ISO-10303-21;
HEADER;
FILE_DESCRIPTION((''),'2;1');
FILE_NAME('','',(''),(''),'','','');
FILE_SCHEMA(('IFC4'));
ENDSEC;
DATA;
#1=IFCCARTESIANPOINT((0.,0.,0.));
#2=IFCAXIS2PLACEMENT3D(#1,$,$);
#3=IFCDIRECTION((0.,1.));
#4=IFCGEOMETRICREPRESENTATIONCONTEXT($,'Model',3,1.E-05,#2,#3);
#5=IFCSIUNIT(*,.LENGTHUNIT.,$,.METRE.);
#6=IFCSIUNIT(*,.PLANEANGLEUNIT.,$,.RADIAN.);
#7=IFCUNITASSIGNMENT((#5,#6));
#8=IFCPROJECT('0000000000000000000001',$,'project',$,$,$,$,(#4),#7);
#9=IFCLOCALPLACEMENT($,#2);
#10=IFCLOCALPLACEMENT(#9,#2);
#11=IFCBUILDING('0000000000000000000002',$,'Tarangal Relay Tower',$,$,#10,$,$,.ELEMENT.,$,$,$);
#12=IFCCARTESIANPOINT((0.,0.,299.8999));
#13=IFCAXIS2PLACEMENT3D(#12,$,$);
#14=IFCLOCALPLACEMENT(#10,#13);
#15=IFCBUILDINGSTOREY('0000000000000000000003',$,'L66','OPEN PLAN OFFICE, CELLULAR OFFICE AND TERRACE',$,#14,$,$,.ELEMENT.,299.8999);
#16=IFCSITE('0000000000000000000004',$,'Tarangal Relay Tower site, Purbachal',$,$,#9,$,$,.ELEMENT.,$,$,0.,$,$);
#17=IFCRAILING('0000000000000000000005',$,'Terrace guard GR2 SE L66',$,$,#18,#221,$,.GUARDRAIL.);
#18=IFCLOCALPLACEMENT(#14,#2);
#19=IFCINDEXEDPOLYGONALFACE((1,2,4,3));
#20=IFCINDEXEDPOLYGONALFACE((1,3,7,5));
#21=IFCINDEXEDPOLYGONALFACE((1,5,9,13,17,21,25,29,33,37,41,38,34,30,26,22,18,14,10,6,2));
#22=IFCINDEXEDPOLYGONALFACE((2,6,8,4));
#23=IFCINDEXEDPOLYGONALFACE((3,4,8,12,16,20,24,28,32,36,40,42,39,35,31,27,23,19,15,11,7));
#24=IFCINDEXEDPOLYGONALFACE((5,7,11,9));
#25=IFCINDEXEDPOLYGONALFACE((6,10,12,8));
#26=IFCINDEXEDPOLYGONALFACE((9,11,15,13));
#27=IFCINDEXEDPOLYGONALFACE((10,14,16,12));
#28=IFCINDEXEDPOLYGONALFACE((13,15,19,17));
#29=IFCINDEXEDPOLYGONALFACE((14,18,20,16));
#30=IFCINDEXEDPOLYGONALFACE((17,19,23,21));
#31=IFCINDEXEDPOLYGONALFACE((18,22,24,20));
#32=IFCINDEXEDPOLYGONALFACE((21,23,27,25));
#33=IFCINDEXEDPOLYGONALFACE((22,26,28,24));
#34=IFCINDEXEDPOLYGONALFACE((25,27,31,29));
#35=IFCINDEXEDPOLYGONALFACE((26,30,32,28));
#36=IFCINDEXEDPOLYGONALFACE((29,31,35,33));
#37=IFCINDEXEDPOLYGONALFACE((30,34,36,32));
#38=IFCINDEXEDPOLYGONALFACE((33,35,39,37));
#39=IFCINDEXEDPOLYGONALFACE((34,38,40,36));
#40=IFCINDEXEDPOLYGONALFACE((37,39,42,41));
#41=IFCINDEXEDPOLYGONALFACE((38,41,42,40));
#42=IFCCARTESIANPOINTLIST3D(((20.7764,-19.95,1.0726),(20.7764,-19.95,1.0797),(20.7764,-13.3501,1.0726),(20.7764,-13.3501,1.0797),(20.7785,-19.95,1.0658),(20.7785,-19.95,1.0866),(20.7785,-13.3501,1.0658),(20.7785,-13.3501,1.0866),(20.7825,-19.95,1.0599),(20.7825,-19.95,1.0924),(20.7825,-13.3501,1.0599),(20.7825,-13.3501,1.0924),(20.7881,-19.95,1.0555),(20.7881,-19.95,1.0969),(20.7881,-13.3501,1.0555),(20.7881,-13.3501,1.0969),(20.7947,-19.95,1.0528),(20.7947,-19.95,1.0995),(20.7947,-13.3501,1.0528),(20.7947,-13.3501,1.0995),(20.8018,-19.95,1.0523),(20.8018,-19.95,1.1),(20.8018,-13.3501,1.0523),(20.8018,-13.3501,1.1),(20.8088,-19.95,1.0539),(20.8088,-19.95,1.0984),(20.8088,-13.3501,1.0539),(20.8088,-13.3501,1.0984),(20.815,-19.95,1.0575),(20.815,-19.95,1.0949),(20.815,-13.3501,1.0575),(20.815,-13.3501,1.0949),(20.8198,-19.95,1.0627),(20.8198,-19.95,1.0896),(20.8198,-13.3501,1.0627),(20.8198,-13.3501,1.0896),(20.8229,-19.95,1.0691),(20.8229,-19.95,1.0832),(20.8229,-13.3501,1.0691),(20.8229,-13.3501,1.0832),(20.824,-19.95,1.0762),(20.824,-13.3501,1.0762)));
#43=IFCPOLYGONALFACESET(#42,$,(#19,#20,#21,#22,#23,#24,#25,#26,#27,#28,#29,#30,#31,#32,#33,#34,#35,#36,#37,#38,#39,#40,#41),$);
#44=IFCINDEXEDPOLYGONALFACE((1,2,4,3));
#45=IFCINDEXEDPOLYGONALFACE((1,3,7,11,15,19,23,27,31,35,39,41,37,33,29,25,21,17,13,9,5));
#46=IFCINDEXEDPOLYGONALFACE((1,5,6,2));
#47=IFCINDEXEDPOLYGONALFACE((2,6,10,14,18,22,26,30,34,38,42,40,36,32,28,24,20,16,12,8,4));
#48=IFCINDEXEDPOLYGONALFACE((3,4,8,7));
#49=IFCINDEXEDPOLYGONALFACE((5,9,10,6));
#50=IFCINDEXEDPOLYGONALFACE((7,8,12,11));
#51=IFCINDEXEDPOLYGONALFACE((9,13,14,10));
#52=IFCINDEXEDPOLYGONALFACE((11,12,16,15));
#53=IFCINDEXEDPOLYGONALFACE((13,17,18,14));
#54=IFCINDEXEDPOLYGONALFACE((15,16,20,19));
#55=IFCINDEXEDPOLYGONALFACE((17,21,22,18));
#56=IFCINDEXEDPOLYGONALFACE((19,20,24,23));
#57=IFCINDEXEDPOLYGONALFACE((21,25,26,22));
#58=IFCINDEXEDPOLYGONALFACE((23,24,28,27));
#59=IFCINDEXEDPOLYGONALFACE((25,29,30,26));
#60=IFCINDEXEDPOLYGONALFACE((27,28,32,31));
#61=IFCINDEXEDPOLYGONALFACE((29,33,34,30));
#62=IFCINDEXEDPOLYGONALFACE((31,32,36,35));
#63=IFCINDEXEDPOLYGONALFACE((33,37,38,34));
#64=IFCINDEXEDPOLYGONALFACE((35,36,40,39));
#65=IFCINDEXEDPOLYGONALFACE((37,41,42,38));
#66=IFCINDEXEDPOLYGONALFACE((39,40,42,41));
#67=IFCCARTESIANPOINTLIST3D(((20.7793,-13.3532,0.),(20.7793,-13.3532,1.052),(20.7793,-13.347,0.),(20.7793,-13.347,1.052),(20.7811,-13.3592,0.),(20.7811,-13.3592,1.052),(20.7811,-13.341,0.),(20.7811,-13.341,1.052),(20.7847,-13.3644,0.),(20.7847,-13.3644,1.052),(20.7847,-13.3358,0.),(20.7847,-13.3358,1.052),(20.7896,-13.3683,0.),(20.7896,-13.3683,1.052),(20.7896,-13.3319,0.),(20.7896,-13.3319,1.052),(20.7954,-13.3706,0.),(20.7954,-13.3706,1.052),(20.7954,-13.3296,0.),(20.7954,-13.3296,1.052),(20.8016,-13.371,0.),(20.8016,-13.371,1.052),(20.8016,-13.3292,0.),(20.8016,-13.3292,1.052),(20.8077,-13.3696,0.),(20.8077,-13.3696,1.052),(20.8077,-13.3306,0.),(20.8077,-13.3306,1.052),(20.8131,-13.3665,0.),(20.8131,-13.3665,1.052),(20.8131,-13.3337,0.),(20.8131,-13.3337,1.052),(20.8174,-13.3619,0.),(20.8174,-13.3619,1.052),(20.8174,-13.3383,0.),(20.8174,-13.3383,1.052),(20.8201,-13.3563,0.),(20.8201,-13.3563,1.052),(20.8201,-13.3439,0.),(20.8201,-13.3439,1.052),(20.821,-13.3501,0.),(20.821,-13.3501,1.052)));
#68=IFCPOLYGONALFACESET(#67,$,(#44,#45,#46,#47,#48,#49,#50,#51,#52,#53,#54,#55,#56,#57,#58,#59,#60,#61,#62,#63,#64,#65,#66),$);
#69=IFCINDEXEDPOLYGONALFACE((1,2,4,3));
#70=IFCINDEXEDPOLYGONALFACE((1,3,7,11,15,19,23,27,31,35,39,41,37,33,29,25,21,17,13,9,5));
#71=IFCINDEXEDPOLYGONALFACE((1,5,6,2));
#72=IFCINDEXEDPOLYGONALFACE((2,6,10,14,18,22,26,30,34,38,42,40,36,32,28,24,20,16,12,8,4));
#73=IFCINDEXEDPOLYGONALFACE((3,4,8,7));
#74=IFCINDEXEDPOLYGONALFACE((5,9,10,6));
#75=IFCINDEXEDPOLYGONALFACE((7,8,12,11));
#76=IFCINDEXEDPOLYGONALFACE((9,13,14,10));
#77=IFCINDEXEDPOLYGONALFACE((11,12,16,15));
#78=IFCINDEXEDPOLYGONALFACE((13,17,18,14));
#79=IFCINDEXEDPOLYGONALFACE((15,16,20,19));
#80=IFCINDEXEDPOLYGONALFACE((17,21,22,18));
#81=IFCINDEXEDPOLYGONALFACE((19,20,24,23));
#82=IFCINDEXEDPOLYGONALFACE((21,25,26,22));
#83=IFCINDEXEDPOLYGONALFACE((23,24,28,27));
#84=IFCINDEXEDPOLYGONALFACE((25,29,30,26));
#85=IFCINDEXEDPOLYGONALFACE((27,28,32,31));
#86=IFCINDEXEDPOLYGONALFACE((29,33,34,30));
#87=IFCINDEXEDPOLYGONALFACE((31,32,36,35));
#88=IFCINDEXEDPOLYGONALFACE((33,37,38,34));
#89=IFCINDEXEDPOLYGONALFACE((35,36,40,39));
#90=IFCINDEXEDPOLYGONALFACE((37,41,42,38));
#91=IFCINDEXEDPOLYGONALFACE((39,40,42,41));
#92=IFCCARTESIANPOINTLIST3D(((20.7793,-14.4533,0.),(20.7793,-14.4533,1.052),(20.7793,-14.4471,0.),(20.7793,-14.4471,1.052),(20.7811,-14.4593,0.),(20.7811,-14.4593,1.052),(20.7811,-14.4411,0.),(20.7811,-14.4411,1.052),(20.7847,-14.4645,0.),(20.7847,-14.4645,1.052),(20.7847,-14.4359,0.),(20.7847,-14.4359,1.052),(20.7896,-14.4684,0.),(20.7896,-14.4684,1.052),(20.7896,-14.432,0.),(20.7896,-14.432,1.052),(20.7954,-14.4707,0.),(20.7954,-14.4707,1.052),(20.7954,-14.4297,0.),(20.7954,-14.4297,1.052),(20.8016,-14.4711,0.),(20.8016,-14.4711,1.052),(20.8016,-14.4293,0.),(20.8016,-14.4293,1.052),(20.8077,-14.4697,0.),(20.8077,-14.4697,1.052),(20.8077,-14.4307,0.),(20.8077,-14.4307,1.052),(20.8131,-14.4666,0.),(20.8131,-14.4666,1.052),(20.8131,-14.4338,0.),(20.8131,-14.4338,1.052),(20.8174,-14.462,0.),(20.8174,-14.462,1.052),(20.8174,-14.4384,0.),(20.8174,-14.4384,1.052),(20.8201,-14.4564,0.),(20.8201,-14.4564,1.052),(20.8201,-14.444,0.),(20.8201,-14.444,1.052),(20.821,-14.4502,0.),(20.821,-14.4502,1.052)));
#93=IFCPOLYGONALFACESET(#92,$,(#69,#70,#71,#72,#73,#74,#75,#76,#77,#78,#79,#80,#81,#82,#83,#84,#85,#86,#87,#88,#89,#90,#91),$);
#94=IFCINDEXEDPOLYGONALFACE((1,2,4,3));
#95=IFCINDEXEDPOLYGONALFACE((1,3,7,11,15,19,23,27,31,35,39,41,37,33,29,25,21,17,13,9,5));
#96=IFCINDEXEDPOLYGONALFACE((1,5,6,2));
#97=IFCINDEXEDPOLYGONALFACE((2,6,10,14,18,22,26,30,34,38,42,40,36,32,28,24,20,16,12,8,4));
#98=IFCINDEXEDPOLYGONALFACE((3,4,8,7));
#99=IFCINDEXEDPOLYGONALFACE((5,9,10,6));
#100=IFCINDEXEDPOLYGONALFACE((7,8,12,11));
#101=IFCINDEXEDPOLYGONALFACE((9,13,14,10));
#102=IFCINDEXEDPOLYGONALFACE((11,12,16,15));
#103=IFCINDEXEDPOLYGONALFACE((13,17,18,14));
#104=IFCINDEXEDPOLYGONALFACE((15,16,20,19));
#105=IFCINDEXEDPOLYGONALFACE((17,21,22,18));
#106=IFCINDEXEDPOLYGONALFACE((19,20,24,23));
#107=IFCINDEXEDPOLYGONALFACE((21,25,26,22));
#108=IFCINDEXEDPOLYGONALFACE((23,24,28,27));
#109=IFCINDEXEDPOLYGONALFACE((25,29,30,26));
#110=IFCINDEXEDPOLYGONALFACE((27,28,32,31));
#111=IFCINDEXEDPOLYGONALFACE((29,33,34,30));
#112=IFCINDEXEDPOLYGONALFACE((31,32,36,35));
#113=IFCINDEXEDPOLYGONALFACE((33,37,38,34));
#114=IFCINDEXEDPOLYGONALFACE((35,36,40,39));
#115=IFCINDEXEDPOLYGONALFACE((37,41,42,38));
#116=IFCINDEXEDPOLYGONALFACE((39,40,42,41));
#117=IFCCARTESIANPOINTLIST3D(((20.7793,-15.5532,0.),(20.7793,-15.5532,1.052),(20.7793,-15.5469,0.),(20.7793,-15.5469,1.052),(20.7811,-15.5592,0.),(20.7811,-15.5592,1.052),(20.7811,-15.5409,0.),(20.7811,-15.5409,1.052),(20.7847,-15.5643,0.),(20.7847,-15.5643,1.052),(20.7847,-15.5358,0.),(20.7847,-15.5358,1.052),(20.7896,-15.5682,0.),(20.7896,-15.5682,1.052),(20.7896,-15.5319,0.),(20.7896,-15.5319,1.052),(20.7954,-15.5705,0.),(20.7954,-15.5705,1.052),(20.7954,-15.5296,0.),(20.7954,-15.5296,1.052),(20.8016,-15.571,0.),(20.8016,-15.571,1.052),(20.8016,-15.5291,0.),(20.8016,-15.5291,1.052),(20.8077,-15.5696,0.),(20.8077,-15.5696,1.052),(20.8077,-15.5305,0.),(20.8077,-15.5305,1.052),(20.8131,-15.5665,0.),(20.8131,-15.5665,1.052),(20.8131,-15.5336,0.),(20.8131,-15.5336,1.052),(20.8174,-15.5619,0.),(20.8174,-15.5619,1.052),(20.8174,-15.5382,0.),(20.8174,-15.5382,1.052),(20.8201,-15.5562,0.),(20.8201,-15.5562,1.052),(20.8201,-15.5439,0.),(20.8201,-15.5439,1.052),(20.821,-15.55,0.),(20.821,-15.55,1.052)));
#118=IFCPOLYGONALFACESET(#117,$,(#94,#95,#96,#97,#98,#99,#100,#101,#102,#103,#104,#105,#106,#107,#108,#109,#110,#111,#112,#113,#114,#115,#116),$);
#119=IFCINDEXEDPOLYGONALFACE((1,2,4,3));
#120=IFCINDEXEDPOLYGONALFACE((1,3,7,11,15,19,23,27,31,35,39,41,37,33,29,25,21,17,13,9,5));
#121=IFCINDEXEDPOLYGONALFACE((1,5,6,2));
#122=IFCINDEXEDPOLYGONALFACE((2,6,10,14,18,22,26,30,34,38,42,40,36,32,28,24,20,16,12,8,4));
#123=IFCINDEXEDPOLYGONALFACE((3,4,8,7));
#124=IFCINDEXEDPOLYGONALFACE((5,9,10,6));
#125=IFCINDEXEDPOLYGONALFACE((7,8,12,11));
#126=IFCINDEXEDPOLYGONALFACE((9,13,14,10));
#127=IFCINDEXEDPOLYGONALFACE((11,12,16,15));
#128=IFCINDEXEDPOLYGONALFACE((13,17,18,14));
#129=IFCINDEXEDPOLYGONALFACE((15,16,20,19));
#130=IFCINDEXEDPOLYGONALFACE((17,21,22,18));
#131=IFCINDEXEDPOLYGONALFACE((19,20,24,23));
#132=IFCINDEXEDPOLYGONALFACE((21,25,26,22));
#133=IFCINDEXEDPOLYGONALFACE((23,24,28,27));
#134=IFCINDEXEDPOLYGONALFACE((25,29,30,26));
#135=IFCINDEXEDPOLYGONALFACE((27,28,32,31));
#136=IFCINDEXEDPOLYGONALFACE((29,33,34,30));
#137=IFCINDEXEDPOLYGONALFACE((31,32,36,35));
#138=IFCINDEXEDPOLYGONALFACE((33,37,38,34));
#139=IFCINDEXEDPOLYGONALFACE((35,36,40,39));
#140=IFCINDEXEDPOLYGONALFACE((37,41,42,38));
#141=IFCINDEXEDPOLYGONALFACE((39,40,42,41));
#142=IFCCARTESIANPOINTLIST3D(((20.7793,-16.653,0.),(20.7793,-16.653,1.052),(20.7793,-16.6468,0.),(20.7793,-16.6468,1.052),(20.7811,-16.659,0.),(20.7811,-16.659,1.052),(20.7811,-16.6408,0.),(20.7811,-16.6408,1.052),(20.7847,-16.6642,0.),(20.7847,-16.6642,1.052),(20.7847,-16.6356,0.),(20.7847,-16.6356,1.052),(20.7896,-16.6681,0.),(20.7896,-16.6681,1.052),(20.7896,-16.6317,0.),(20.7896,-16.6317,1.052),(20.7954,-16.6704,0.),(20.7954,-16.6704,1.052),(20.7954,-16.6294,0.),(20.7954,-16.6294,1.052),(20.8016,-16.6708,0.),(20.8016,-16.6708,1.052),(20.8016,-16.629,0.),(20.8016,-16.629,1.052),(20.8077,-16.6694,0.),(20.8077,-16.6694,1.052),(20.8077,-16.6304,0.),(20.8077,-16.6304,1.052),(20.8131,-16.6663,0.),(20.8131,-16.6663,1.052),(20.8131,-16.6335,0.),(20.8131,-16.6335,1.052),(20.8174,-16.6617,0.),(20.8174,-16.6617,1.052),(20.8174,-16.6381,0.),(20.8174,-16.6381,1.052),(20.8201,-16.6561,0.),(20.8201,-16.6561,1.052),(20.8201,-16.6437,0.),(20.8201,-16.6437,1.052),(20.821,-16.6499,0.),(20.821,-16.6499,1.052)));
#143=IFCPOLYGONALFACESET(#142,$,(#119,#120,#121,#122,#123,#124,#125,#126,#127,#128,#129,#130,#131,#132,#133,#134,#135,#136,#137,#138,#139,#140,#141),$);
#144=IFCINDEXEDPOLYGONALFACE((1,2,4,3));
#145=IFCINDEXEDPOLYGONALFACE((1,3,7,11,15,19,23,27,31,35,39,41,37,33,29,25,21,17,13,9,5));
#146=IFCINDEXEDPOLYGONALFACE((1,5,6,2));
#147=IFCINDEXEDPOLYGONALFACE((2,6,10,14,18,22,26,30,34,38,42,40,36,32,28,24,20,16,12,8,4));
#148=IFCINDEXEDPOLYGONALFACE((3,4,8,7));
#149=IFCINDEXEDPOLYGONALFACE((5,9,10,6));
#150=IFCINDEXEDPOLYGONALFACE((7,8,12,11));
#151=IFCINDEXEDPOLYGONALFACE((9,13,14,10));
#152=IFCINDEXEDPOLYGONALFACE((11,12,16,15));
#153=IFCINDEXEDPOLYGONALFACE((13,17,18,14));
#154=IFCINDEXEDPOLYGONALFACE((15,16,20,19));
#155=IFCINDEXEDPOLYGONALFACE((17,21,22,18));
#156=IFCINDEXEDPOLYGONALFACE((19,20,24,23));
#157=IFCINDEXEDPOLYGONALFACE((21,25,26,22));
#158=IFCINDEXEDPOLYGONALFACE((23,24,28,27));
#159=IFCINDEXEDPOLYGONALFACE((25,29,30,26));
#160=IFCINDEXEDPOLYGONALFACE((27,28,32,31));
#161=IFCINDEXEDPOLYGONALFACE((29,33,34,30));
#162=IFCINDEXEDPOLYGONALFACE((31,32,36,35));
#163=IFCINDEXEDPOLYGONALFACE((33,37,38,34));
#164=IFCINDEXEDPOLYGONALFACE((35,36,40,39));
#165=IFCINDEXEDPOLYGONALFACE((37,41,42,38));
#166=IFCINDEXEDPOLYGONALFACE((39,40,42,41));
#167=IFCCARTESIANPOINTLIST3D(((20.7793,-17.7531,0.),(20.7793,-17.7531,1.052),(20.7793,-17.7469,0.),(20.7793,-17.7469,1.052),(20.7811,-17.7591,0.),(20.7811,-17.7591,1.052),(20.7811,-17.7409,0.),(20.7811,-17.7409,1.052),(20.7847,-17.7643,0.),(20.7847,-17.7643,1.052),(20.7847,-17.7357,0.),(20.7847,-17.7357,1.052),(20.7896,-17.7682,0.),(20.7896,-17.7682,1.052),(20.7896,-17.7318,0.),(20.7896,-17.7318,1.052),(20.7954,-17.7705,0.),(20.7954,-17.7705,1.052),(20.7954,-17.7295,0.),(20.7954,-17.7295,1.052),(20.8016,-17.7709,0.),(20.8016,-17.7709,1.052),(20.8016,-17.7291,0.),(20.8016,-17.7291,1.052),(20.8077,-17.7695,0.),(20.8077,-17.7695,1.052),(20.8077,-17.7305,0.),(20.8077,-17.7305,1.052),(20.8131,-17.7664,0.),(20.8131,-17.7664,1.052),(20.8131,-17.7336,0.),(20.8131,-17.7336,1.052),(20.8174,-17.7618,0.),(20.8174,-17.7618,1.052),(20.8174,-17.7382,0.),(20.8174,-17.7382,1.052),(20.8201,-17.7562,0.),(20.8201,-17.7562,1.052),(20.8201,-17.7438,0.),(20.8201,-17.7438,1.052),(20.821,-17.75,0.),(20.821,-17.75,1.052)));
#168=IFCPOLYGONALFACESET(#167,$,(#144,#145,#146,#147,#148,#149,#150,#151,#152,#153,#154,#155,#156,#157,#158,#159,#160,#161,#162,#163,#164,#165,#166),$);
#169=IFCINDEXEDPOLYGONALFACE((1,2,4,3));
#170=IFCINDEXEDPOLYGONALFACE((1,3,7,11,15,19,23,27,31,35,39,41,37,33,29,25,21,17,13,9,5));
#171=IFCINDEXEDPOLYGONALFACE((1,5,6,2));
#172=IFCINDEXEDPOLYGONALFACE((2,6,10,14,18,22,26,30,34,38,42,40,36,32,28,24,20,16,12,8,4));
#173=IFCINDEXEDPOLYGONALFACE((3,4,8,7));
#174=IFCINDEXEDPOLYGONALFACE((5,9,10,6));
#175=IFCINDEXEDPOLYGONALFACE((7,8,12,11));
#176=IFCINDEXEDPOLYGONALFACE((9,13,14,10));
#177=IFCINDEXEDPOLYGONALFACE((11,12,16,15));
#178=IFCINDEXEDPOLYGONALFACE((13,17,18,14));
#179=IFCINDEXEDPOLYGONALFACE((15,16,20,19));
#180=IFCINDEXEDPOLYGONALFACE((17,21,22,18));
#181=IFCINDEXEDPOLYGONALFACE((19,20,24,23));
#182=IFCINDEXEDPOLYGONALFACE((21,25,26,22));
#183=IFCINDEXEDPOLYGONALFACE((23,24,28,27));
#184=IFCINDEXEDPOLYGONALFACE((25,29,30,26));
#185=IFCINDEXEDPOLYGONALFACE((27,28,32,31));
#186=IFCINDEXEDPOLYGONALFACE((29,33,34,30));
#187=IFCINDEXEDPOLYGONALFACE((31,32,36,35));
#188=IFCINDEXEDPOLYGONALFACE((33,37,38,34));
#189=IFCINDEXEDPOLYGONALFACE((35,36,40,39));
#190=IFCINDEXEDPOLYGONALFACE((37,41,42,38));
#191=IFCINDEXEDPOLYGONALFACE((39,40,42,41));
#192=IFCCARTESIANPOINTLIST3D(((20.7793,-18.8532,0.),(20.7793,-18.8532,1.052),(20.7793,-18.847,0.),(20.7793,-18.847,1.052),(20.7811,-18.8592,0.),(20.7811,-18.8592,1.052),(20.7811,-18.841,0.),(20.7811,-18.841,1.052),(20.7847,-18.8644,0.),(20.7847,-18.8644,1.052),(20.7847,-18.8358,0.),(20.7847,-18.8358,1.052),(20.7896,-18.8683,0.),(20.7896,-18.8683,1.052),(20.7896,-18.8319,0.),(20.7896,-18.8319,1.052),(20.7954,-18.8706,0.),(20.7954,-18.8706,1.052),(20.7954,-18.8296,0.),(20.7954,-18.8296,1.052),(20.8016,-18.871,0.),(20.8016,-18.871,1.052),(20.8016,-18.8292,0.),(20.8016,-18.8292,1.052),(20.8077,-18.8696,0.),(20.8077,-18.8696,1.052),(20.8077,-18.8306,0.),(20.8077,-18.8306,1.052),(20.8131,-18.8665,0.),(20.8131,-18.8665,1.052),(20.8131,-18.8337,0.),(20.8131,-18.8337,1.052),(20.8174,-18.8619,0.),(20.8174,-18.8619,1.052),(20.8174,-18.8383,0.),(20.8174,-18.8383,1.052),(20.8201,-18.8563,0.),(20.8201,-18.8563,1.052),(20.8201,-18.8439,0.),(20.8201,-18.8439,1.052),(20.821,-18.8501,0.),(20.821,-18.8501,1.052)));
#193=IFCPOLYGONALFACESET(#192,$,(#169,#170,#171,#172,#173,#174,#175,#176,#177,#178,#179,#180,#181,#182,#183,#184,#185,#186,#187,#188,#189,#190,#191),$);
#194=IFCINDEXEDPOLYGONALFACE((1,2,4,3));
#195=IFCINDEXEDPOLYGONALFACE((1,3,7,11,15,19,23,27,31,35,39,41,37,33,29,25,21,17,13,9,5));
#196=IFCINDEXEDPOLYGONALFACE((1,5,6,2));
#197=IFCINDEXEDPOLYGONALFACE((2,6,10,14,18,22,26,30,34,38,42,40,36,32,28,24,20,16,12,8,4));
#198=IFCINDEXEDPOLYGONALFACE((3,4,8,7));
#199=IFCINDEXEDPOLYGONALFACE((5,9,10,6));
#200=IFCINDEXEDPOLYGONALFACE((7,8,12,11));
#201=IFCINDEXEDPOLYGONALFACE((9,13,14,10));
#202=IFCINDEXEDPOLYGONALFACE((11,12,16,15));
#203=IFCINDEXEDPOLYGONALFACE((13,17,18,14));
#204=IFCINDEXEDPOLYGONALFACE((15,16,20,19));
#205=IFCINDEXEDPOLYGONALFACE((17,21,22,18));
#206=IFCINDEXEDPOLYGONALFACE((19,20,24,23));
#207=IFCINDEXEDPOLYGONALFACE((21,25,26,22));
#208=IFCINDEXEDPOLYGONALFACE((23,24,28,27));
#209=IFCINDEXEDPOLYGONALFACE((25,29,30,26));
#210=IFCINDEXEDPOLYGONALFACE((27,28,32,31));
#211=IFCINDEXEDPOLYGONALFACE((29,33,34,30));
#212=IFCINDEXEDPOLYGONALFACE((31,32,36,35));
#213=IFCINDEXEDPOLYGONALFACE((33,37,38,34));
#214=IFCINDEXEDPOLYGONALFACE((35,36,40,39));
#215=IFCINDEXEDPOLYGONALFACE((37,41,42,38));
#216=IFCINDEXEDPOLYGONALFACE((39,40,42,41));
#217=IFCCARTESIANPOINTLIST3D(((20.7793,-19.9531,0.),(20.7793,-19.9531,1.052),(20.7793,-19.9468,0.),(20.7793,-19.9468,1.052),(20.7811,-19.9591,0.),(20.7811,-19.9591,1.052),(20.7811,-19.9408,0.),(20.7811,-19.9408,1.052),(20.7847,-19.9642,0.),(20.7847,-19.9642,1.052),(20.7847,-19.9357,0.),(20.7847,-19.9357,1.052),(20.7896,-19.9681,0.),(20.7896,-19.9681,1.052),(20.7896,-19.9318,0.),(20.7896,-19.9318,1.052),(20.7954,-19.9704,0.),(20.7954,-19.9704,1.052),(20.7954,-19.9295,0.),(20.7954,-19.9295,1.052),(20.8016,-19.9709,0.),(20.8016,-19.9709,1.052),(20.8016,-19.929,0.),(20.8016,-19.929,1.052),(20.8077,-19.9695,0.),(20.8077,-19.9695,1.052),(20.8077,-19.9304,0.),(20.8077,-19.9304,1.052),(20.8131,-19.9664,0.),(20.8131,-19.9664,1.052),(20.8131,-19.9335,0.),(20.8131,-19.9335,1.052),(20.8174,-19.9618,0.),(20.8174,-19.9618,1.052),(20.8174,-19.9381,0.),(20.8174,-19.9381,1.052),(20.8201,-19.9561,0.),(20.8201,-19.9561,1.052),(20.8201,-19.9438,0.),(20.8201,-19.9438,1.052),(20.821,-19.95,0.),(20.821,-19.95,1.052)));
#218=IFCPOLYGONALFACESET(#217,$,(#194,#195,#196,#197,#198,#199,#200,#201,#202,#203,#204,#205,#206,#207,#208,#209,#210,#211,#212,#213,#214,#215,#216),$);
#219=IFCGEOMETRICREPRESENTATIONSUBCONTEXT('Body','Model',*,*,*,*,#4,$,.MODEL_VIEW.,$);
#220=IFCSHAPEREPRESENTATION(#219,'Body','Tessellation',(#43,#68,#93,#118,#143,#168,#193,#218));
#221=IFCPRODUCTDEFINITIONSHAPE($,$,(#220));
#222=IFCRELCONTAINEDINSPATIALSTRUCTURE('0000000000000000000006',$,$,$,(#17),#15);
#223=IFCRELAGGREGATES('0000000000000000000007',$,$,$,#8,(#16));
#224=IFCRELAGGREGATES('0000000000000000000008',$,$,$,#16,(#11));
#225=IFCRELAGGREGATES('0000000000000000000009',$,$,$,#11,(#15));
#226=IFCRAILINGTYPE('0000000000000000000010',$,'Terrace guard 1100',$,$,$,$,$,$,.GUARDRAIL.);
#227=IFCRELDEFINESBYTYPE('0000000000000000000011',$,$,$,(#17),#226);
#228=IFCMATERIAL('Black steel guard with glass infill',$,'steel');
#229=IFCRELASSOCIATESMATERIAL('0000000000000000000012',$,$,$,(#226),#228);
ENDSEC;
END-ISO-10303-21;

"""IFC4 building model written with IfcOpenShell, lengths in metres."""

from ifc_helpers import new_model, si_unit, direction, frame, origin, origin_2d, place, context, subcontext, project, spatial, circle, extrude, material, type_object, element, save


model = new_model("IFC4")

# Units and contexts
model_context = context("Model", 3, precision=1e-05, world=origin(), true_north=direction((0.0, 1.0)))
body_context = subcontext(model_context, "Body", "Model", "MODEL_VIEW")
ifc_project = project(units=[si_unit("LENGTHUNIT", "METRE"), si_unit("PLANEANGLEUNIT", "RADIAN")], contexts=[model_context])

# Site, building, storey
site_placement = place(None, origin())
site = spatial("IfcSite", under=ifc_project, at=site_placement, Name="Tarangal Relay Tower site, Purbachal", CompositionType="ELEMENT", RefElevation=0.0)
building_placement = place(site_placement, origin())
building = spatial("IfcBuilding", under=site, at=building_placement, Name="Tarangal Relay Tower", CompositionType="ELEMENT")
storey_placement = place(building_placement, frame((0.0, 0.0, 299.8999)))
storey = spatial("IfcBuildingStorey", under=building, at=storey_placement, Name="L66", Description="OPEN PLAN OFFICE, CELLULAR OFFICE AND TERRACE", CompositionType="ELEMENT", Elevation=299.8999)

# Railing
ifc_material_1 = material(Name="Black steel guard with glass infill", Category="steel")
railing_type = type_object("IfcRailingType", Name="Terrace guard 1100", PredefinedType="GUARDRAIL", material=ifc_material_1)
railing_1_placement = place(storey_placement, frame((20.8, -13.3501, 0.0)))
element("IfcRailing", 1, at=railing_1_placement, inside=storey, type_object=railing_type, Name="Terrace guard GR2 SE L66", PredefinedType="GUARDRAIL", context=body_context, shape_type="SweptSolid", body=[
    extrude(circle(Radius=0.0239, at=origin_2d()), frame((0.0, 0.0, 1.0762), z_axis=(0.0, -1.0, 0.0), x_axis=(1.0, 0.0, 0.0)), (0.0, 0.0, 1.0), 6.5999),
    extrude(circle(Radius=0.021, at=origin_2d()), origin(), (0.0, 0.0, 1.0), 1.052),
    extrude(circle(Radius=0.021, at=origin_2d()), frame((0.0, -1.1001, 0.0)), (0.0, 0.0, 1.0), 1.052),
    extrude(circle(Radius=0.021, at=origin_2d()), frame((0.0, -2.2, 0.0)), (0.0, 0.0, 1.0), 1.052),
    extrude(circle(Radius=0.021, at=origin_2d()), frame((0.0, -3.2998, 0.0)), (0.0, 0.0, 1.0), 1.052),
    extrude(circle(Radius=0.021, at=origin_2d()), frame((0.0, -4.3999, 0.0)), (0.0, 0.0, 1.0), 1.052),
    extrude(circle(Radius=0.021, at=origin_2d()), frame((0.0, -5.5, 0.0)), (0.0, 0.0, 1.0), 1.052),
    extrude(circle(Radius=0.021, at=origin_2d()), frame((0.0, -6.5999, 0.0)), (0.0, 0.0, 1.0), 1.052),
])

save(model, "model.ifc")
